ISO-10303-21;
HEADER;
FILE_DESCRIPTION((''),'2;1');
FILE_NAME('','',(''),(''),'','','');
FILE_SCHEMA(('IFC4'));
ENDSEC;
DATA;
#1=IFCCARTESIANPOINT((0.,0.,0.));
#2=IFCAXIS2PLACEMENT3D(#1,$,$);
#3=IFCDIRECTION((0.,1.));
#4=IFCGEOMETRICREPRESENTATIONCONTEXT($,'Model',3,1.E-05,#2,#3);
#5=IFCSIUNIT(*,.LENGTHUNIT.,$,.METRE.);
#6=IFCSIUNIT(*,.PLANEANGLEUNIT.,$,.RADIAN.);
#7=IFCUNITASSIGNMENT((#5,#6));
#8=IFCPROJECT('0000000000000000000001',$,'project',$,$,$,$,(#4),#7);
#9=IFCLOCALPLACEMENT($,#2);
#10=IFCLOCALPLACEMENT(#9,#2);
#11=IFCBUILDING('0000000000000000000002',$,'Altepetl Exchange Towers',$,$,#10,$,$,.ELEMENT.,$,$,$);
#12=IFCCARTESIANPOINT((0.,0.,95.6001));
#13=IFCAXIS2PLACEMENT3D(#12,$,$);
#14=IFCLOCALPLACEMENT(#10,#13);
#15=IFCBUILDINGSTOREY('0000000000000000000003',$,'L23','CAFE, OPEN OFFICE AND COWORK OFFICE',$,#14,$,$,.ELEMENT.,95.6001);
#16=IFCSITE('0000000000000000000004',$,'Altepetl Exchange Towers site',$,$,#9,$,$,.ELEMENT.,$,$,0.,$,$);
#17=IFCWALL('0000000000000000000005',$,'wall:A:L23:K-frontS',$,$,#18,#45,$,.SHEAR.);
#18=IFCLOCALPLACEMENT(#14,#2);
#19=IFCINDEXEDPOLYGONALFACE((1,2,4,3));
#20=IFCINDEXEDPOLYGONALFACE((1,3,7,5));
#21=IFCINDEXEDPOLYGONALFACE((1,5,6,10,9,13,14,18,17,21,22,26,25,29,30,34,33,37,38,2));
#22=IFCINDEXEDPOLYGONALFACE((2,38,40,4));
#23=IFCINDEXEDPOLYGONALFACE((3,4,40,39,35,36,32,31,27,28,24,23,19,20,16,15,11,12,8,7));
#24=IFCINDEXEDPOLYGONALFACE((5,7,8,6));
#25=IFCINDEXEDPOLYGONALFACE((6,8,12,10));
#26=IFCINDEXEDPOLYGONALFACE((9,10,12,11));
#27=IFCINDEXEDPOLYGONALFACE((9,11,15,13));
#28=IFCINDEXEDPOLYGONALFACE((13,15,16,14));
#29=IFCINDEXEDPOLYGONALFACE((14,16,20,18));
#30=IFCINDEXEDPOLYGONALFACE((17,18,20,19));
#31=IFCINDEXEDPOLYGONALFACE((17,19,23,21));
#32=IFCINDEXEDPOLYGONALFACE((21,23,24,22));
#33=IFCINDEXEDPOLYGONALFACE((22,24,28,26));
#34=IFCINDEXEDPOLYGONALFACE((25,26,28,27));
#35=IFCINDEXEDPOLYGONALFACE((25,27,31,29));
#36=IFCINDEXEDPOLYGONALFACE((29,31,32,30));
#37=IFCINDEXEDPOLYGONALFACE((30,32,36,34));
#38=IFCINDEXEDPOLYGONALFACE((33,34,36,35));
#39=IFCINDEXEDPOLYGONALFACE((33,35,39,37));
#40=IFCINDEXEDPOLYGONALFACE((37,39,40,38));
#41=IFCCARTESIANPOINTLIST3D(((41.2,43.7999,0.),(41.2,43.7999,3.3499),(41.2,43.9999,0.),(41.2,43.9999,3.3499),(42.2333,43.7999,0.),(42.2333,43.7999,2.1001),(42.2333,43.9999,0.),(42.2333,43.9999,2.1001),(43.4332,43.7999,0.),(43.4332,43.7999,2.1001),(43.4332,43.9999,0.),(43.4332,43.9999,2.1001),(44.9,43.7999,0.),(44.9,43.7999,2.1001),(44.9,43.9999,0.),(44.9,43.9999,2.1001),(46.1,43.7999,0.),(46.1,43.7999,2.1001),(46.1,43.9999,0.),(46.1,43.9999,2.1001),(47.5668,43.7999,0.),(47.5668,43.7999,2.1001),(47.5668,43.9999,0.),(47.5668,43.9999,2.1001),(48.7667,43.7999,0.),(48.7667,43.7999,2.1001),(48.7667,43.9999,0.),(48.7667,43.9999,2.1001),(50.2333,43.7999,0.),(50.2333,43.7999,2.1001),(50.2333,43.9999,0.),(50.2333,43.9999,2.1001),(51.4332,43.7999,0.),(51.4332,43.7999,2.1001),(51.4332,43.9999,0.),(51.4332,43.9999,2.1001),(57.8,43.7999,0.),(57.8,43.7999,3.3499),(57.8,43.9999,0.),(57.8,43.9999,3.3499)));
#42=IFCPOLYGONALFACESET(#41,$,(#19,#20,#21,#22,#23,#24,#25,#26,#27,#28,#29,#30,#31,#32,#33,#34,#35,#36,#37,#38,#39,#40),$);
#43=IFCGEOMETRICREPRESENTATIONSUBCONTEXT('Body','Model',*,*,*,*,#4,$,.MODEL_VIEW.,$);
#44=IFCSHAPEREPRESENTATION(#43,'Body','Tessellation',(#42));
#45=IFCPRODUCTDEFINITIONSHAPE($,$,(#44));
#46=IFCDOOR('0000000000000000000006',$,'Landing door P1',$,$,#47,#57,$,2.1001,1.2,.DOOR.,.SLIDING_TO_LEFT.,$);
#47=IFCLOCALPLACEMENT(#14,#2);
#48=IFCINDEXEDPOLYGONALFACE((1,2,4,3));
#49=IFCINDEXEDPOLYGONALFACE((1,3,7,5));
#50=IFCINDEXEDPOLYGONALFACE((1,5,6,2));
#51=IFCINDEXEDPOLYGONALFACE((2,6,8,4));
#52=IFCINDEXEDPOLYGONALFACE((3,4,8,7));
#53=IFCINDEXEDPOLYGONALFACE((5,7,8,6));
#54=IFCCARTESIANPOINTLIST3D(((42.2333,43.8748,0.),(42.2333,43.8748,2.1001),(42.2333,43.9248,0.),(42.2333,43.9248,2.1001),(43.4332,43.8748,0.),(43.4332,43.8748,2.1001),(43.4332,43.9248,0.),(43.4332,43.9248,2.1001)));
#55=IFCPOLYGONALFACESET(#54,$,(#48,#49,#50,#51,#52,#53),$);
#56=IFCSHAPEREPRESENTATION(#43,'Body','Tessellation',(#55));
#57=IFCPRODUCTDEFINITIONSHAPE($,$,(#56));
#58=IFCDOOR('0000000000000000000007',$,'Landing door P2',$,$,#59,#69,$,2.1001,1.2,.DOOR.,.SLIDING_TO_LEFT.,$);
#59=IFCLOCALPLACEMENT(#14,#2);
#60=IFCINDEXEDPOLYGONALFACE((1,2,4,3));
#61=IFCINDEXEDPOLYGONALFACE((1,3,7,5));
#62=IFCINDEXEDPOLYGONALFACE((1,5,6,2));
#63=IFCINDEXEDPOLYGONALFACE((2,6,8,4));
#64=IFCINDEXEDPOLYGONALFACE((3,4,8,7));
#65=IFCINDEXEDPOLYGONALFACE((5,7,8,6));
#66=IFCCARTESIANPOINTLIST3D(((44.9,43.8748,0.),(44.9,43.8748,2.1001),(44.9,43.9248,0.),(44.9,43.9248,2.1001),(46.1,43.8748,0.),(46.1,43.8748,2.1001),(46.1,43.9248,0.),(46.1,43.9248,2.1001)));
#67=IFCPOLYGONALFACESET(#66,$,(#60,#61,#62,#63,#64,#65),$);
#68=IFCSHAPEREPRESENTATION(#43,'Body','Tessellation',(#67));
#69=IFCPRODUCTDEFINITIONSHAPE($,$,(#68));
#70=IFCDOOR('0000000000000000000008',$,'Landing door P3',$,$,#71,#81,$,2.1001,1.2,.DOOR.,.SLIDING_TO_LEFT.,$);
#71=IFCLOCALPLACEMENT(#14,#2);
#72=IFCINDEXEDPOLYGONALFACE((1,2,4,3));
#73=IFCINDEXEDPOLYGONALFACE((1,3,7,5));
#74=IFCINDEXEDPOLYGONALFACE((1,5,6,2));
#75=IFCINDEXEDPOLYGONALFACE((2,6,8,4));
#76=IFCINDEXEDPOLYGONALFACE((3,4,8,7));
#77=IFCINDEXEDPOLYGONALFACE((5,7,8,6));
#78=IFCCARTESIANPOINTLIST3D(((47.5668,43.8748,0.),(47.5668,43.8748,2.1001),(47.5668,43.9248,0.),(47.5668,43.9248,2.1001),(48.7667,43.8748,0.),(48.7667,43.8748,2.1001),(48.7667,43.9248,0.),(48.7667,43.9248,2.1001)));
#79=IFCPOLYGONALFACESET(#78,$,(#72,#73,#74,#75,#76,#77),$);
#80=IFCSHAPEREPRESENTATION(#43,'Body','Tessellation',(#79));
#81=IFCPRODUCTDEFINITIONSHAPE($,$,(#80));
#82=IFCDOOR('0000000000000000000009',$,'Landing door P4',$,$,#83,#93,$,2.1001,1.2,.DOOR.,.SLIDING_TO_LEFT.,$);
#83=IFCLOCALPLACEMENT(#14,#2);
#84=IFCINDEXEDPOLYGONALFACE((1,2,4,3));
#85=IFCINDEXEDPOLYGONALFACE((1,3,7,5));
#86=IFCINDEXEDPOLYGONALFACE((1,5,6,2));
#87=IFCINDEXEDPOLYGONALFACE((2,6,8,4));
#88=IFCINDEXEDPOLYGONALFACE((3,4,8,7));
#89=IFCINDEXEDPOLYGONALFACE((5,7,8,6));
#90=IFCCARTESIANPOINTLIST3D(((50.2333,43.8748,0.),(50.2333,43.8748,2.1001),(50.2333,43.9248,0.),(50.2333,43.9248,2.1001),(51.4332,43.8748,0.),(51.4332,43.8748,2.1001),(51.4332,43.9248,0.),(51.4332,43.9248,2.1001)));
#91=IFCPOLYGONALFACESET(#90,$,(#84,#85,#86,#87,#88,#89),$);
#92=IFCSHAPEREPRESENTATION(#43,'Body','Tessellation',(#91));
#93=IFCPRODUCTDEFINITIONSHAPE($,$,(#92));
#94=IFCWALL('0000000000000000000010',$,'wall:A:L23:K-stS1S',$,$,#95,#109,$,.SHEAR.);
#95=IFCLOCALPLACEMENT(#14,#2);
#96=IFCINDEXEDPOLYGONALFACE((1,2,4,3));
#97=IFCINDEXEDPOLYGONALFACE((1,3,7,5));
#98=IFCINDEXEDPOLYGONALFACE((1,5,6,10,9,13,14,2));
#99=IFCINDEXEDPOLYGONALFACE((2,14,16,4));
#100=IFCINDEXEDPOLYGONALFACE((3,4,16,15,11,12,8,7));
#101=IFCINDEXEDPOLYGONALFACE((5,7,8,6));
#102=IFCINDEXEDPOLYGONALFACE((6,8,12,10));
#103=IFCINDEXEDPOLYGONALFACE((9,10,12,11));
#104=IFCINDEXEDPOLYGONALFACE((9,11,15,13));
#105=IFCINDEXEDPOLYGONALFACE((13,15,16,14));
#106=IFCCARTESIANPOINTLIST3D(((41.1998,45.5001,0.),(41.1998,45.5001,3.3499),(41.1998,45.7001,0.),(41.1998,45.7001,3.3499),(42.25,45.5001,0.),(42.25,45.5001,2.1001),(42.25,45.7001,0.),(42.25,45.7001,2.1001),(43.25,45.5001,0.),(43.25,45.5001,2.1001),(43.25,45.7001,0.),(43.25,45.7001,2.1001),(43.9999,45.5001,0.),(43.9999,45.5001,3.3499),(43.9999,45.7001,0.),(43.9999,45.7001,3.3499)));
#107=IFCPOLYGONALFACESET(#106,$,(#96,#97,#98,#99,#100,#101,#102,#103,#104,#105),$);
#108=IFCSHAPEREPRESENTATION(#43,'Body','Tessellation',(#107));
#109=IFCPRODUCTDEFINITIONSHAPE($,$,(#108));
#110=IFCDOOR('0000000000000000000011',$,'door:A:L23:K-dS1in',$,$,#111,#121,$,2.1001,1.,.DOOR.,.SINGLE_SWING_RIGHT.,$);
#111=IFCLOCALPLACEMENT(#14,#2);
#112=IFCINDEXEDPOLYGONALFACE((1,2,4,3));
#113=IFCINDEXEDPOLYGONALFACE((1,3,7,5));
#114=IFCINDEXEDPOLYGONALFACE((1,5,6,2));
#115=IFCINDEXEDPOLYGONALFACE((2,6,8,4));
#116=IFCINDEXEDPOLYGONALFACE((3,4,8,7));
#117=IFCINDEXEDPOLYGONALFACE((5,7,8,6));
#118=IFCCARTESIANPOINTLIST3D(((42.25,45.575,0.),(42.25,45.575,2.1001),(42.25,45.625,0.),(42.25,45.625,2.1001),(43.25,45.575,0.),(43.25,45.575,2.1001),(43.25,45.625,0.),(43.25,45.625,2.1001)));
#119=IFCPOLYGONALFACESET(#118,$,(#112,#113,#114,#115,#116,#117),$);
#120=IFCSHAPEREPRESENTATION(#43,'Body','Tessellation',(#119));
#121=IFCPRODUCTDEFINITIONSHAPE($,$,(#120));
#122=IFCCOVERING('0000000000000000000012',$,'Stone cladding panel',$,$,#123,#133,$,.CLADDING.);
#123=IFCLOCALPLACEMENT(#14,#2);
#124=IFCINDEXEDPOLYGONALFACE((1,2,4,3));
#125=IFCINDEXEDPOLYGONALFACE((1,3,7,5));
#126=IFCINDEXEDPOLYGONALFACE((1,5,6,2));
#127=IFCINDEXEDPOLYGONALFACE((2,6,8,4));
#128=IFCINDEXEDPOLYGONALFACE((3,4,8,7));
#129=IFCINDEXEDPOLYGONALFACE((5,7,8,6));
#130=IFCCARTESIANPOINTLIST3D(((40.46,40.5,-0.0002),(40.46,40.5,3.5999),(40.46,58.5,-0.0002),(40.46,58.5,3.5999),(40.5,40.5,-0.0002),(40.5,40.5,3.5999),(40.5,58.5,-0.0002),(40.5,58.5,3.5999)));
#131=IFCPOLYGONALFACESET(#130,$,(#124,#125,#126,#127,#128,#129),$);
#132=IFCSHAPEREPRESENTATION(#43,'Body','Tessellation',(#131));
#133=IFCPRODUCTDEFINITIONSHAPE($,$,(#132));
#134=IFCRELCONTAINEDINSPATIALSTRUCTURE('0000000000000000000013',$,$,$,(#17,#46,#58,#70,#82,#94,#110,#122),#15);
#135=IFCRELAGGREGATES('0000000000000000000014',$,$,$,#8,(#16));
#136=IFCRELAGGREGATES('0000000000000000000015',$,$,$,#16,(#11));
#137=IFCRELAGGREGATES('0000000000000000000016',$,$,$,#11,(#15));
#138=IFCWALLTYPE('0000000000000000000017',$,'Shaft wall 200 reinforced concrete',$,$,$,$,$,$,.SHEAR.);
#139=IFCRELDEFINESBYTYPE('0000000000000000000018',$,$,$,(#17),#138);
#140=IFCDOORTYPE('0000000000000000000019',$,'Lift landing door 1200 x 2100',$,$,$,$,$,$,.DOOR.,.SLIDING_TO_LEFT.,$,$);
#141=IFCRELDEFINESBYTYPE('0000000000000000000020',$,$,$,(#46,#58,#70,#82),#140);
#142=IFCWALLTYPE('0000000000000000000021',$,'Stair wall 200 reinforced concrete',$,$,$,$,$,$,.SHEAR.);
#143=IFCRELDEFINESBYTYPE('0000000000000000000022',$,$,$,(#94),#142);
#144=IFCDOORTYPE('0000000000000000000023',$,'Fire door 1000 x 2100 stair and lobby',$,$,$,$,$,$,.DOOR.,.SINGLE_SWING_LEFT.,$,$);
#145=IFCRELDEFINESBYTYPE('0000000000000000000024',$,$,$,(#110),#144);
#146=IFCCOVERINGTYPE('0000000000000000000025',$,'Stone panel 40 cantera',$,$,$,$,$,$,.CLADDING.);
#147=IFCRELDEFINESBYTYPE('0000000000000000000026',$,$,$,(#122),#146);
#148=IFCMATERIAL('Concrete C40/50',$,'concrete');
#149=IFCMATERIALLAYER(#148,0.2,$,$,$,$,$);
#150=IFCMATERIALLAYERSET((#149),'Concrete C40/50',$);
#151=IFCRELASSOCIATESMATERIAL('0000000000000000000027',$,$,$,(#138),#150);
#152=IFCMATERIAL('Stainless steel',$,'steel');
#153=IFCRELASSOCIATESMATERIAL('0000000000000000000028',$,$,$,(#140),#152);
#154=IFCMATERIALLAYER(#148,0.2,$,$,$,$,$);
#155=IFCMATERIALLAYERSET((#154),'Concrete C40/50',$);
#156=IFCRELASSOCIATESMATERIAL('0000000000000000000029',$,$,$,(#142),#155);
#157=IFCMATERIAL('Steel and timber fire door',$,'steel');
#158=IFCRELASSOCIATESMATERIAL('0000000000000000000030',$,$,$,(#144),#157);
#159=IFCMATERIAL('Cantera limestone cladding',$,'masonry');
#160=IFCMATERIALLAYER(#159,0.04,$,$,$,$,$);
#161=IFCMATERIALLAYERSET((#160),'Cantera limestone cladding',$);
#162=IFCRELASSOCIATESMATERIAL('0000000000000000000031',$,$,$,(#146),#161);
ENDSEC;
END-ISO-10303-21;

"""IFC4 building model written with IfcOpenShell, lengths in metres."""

from ifc_helpers import new_model, si_unit, direction, frame, frame_2d, origin, origin_2d, place, context, subcontext, project, spatial, rectangle, extrude, material, layer, layer_set, type_object, element, fill, save


model = new_model("IFC4")

# Units and contexts
model_context = context("Model", 3, precision=1e-05, world=origin(), true_north=direction((0.0, 1.0)))
body_context = subcontext(model_context, "Body", "Model", "MODEL_VIEW")
ifc_project = project(units=[si_unit("LENGTHUNIT", "METRE"), si_unit("PLANEANGLEUNIT", "RADIAN")], contexts=[model_context])

# Site, building, storey
site_placement = place(None, origin())
site = spatial("IfcSite", under=ifc_project, at=site_placement, Name="Altepetl Exchange Towers site", CompositionType="ELEMENT", RefElevation=0.0)
building_placement = place(site_placement, origin())
building = spatial("IfcBuilding", under=site, at=building_placement, Name="Altepetl Exchange Towers", CompositionType="ELEMENT")
storey_placement = place(building_placement, frame((0.0, 0.0, 95.6001)))
storey = spatial("IfcBuildingStorey", under=building, at=storey_placement, Name="L23", Description="CAFE, OPEN OFFICE AND COWORK OFFICE", CompositionType="ELEMENT", Elevation=95.6001)

# Wall, openings, doors
ifc_material_1 = material(Name="Concrete C40/50", Category="concrete")
ifc_layer_1 = layer(ifc_material_1, 0.2)
ifc_layer_set_1 = layer_set([ifc_layer_1], Name="Concrete C40/50")
wall_type_1 = type_object("IfcWallType", Name="Shaft wall 200 reinforced concrete", PredefinedType="SHEAR", material=ifc_layer_set_1)
wall_1_placement = place(storey_placement, frame((41.2, 43.8999, 0.0)))
wall_1 = element("IfcWall", 1, at=wall_1_placement, inside=storey, type_object=wall_type_1, Name="wall:A:L23:K-frontS", PredefinedType="SHEAR", context=body_context, shape_type="SweptSolid", body=[
    extrude(rectangle(XDim=16.6001, YDim=0.2, at=frame_2d((8.3, 0.0))), origin(), (0.0, 0.0, 1.0), 3.3499),
])
opening_1_placement = place(wall_1_placement, frame((1.0332, 0.0, 0.0)))
opening_1 = element("IfcOpeningElement", 2, at=opening_1_placement, cuts=wall_1, PredefinedType="OPENING", context=body_context, shape_type="SweptSolid", body=[
    extrude(rectangle(XDim=1.2, YDim=2.1001, at=frame_2d((0.6001, 1.05))), frame((0.0, 0.1099, 0.0), z_axis=(0.0, -1.0, 0.0), x_axis=(1.0, 0.0, 0.0)), (0.0, 0.0, 1.0), 0.22),
])
opening_2_placement = place(wall_1_placement, frame((3.7, 0.0, 0.0)))
opening_2 = element("IfcOpeningElement", 3, at=opening_2_placement, cuts=wall_1, PredefinedType="OPENING", context=body_context, shape_type="SweptSolid", body=[
    extrude(rectangle(XDim=1.2, YDim=2.1001, at=frame_2d((0.6001, 1.05))), frame((0.0, 0.1099, 0.0), z_axis=(0.0, -1.0, 0.0), x_axis=(1.0, 0.0, 0.0)), (0.0, 0.0, 1.0), 0.22),
])
opening_3_placement = place(wall_1_placement, frame((6.3667, 0.0, 0.0)))
opening_3 = element("IfcOpeningElement", 4, at=opening_3_placement, cuts=wall_1, PredefinedType="OPENING", context=body_context, shape_type="SweptSolid", body=[
    extrude(rectangle(XDim=1.2, YDim=2.1001, at=frame_2d((0.6001, 1.05))), frame((0.0, 0.1099, 0.0), z_axis=(0.0, -1.0, 0.0), x_axis=(1.0, 0.0, 0.0)), (0.0, 0.0, 1.0), 0.22),
])
opening_4_placement = place(wall_1_placement, frame((9.0332, 0.0, 0.0)))
opening_4 = element("IfcOpeningElement", 5, at=opening_4_placement, cuts=wall_1, PredefinedType="OPENING", context=body_context, shape_type="SweptSolid", body=[
    extrude(rectangle(XDim=1.2, YDim=2.1001, at=frame_2d((0.6001, 1.05))), frame((0.0, 0.1099, 0.0), z_axis=(0.0, -1.0, 0.0), x_axis=(1.0, 0.0, 0.0)), (0.0, 0.0, 1.0), 0.22),
])
ifc_material_2 = material(Name="Stainless steel", Category="steel")
door_type_1 = type_object("IfcDoorType", Name="Lift landing door 1200 x 2100", OperationType="SLIDING_TO_LEFT", PredefinedType="DOOR", material=ifc_material_2)
door_1_placement = place(opening_1_placement, origin())
door_1 = element("IfcDoor", 6, at=door_1_placement, inside=storey, type_object=door_type_1, Name="Landing door P1", OperationType="SLIDING_TO_LEFT", OverallHeight=2.1001, OverallWidth=1.2, PredefinedType="DOOR", context=body_context, shape_type="SweptSolid", body=[
    extrude(rectangle(XDim=1.2, YDim=2.1001, at=frame_2d((0.6001, 1.05))), frame((0.0, 0.0249, 0.0), z_axis=(0.0, -1.0, 0.0), x_axis=(1.0, 0.0, 0.0)), (0.0, 0.0, 1.0), 0.05),
])
fill(opening_1, door_1)
door_2_placement = place(opening_2_placement, origin())
door_2 = element("IfcDoor", 7, at=door_2_placement, inside=storey, type_object=door_type_1, Name="Landing door P2", OperationType="SLIDING_TO_LEFT", OverallHeight=2.1001, OverallWidth=1.2, PredefinedType="DOOR", context=body_context, shape_type="SweptSolid", body=[
    extrude(rectangle(XDim=1.2, YDim=2.1001, at=frame_2d((0.6001, 1.05))), frame((0.0, 0.0249, 0.0), z_axis=(0.0, -1.0, 0.0), x_axis=(1.0, 0.0, 0.0)), (0.0, 0.0, 1.0), 0.05),
])
fill(opening_2, door_2)
door_3_placement = place(opening_3_placement, origin())
door_3 = element("IfcDoor", 8, at=door_3_placement, inside=storey, type_object=door_type_1, Name="Landing door P3", OperationType="SLIDING_TO_LEFT", OverallHeight=2.1001, OverallWidth=1.2, PredefinedType="DOOR", context=body_context, shape_type="SweptSolid", body=[
    extrude(rectangle(XDim=1.2, YDim=2.1001, at=frame_2d((0.6001, 1.05))), frame((0.0, 0.0249, 0.0), z_axis=(0.0, -1.0, 0.0), x_axis=(1.0, 0.0, 0.0)), (0.0, 0.0, 1.0), 0.05),
])
fill(opening_3, door_3)
door_4_placement = place(opening_4_placement, origin())
door_4 = element("IfcDoor", 9, at=door_4_placement, inside=storey, type_object=door_type_1, Name="Landing door P4", OperationType="SLIDING_TO_LEFT", OverallHeight=2.1001, OverallWidth=1.2, PredefinedType="DOOR", context=body_context, shape_type="SweptSolid", body=[
    extrude(rectangle(XDim=1.2, YDim=2.1001, at=frame_2d((0.6001, 1.05))), frame((0.0, 0.0249, 0.0), z_axis=(0.0, -1.0, 0.0), x_axis=(1.0, 0.0, 0.0)), (0.0, 0.0, 1.0), 0.05),
])
fill(opening_4, door_4)

# Wall, opening, door
ifc_layer_2 = layer(ifc_material_1, 0.2)
ifc_layer_set_2 = layer_set([ifc_layer_2], Name="Concrete C40/50")
wall_type_2 = type_object("IfcWallType", Name="Stair wall 200 reinforced concrete", PredefinedType="SHEAR", material=ifc_layer_set_2)
wall_2_placement = place(storey_placement, frame((41.2, 45.6001, 0.0)))
wall_2 = element("IfcWall", 10, at=wall_2_placement, inside=storey, type_object=wall_type_2, Name="wall:A:L23:K-stS1S", PredefinedType="SHEAR", context=body_context, shape_type="SweptSolid", body=[
    extrude(rectangle(XDim=2.8, YDim=0.2, at=frame_2d((1.3999, 0.0))), origin(), (0.0, 0.0, 1.0), 3.3499),
])
opening_5_placement = place(wall_2_placement, frame((1.05, 0.0, 0.0)))
opening_5 = element("IfcOpeningElement", 11, at=opening_5_placement, cuts=wall_2, PredefinedType="OPENING", context=body_context, shape_type="SweptSolid", body=[
    extrude(rectangle(XDim=1.0, YDim=2.1001, at=frame_2d((0.5, 1.05))), frame((0.0, 0.1099, 0.0), z_axis=(0.0, -1.0, 0.0), x_axis=(1.0, 0.0, 0.0)), (0.0, 0.0, 1.0), 0.22),
])
ifc_material_3 = material(Name="Steel and timber fire door", Category="steel")
door_type_2 = type_object("IfcDoorType", Name="Fire door 1000 x 2100 stair and lobby", OperationType="SINGLE_SWING_LEFT", PredefinedType="DOOR", material=ifc_material_3)
door_5_placement = place(opening_5_placement, origin())
door_5 = element("IfcDoor", 12, at=door_5_placement, inside=storey, type_object=door_type_2, Name="door:A:L23:K-dS1in", OperationType="SINGLE_SWING_RIGHT", OverallHeight=2.1001, OverallWidth=1.0, PredefinedType="DOOR", context=body_context, shape_type="SweptSolid", body=[
    extrude(rectangle(XDim=1.0, YDim=2.1001, at=frame_2d((0.5, 1.05))), frame((0.0, 0.0249, 0.0), z_axis=(0.0, -1.0, 0.0), x_axis=(1.0, 0.0, 0.0)), (0.0, 0.0, 1.0), 0.05),
])
fill(opening_5, door_5)

# Covering
ifc_material_4 = material(Name="Cantera limestone cladding", Category="masonry")
ifc_layer_3 = layer(ifc_material_4, 0.04)
ifc_layer_set_3 = layer_set([ifc_layer_3], Name="Cantera limestone cladding")
covering_type = type_object("IfcCoveringType", Name="Stone panel 40 cantera", PredefinedType="CLADDING", material=ifc_layer_set_3)
covering_placement = place(storey_placement, frame((40.48, 49.5, -0.0002), z_axis=(0.0, 0.0, 1.0), x_axis=(0.0, -1.0, 0.0)))
element("IfcCovering", 13, at=covering_placement, inside=storey, type_object=covering_type, Name="Stone cladding panel", PredefinedType="CLADDING", context=body_context, shape_type="SweptSolid", body=[
    extrude(rectangle(XDim=18.0, YDim=0.04, at=origin_2d()), origin(), (0.0, 0.0, 1.0), 3.6001),
])

save(model, "model.ifc")
